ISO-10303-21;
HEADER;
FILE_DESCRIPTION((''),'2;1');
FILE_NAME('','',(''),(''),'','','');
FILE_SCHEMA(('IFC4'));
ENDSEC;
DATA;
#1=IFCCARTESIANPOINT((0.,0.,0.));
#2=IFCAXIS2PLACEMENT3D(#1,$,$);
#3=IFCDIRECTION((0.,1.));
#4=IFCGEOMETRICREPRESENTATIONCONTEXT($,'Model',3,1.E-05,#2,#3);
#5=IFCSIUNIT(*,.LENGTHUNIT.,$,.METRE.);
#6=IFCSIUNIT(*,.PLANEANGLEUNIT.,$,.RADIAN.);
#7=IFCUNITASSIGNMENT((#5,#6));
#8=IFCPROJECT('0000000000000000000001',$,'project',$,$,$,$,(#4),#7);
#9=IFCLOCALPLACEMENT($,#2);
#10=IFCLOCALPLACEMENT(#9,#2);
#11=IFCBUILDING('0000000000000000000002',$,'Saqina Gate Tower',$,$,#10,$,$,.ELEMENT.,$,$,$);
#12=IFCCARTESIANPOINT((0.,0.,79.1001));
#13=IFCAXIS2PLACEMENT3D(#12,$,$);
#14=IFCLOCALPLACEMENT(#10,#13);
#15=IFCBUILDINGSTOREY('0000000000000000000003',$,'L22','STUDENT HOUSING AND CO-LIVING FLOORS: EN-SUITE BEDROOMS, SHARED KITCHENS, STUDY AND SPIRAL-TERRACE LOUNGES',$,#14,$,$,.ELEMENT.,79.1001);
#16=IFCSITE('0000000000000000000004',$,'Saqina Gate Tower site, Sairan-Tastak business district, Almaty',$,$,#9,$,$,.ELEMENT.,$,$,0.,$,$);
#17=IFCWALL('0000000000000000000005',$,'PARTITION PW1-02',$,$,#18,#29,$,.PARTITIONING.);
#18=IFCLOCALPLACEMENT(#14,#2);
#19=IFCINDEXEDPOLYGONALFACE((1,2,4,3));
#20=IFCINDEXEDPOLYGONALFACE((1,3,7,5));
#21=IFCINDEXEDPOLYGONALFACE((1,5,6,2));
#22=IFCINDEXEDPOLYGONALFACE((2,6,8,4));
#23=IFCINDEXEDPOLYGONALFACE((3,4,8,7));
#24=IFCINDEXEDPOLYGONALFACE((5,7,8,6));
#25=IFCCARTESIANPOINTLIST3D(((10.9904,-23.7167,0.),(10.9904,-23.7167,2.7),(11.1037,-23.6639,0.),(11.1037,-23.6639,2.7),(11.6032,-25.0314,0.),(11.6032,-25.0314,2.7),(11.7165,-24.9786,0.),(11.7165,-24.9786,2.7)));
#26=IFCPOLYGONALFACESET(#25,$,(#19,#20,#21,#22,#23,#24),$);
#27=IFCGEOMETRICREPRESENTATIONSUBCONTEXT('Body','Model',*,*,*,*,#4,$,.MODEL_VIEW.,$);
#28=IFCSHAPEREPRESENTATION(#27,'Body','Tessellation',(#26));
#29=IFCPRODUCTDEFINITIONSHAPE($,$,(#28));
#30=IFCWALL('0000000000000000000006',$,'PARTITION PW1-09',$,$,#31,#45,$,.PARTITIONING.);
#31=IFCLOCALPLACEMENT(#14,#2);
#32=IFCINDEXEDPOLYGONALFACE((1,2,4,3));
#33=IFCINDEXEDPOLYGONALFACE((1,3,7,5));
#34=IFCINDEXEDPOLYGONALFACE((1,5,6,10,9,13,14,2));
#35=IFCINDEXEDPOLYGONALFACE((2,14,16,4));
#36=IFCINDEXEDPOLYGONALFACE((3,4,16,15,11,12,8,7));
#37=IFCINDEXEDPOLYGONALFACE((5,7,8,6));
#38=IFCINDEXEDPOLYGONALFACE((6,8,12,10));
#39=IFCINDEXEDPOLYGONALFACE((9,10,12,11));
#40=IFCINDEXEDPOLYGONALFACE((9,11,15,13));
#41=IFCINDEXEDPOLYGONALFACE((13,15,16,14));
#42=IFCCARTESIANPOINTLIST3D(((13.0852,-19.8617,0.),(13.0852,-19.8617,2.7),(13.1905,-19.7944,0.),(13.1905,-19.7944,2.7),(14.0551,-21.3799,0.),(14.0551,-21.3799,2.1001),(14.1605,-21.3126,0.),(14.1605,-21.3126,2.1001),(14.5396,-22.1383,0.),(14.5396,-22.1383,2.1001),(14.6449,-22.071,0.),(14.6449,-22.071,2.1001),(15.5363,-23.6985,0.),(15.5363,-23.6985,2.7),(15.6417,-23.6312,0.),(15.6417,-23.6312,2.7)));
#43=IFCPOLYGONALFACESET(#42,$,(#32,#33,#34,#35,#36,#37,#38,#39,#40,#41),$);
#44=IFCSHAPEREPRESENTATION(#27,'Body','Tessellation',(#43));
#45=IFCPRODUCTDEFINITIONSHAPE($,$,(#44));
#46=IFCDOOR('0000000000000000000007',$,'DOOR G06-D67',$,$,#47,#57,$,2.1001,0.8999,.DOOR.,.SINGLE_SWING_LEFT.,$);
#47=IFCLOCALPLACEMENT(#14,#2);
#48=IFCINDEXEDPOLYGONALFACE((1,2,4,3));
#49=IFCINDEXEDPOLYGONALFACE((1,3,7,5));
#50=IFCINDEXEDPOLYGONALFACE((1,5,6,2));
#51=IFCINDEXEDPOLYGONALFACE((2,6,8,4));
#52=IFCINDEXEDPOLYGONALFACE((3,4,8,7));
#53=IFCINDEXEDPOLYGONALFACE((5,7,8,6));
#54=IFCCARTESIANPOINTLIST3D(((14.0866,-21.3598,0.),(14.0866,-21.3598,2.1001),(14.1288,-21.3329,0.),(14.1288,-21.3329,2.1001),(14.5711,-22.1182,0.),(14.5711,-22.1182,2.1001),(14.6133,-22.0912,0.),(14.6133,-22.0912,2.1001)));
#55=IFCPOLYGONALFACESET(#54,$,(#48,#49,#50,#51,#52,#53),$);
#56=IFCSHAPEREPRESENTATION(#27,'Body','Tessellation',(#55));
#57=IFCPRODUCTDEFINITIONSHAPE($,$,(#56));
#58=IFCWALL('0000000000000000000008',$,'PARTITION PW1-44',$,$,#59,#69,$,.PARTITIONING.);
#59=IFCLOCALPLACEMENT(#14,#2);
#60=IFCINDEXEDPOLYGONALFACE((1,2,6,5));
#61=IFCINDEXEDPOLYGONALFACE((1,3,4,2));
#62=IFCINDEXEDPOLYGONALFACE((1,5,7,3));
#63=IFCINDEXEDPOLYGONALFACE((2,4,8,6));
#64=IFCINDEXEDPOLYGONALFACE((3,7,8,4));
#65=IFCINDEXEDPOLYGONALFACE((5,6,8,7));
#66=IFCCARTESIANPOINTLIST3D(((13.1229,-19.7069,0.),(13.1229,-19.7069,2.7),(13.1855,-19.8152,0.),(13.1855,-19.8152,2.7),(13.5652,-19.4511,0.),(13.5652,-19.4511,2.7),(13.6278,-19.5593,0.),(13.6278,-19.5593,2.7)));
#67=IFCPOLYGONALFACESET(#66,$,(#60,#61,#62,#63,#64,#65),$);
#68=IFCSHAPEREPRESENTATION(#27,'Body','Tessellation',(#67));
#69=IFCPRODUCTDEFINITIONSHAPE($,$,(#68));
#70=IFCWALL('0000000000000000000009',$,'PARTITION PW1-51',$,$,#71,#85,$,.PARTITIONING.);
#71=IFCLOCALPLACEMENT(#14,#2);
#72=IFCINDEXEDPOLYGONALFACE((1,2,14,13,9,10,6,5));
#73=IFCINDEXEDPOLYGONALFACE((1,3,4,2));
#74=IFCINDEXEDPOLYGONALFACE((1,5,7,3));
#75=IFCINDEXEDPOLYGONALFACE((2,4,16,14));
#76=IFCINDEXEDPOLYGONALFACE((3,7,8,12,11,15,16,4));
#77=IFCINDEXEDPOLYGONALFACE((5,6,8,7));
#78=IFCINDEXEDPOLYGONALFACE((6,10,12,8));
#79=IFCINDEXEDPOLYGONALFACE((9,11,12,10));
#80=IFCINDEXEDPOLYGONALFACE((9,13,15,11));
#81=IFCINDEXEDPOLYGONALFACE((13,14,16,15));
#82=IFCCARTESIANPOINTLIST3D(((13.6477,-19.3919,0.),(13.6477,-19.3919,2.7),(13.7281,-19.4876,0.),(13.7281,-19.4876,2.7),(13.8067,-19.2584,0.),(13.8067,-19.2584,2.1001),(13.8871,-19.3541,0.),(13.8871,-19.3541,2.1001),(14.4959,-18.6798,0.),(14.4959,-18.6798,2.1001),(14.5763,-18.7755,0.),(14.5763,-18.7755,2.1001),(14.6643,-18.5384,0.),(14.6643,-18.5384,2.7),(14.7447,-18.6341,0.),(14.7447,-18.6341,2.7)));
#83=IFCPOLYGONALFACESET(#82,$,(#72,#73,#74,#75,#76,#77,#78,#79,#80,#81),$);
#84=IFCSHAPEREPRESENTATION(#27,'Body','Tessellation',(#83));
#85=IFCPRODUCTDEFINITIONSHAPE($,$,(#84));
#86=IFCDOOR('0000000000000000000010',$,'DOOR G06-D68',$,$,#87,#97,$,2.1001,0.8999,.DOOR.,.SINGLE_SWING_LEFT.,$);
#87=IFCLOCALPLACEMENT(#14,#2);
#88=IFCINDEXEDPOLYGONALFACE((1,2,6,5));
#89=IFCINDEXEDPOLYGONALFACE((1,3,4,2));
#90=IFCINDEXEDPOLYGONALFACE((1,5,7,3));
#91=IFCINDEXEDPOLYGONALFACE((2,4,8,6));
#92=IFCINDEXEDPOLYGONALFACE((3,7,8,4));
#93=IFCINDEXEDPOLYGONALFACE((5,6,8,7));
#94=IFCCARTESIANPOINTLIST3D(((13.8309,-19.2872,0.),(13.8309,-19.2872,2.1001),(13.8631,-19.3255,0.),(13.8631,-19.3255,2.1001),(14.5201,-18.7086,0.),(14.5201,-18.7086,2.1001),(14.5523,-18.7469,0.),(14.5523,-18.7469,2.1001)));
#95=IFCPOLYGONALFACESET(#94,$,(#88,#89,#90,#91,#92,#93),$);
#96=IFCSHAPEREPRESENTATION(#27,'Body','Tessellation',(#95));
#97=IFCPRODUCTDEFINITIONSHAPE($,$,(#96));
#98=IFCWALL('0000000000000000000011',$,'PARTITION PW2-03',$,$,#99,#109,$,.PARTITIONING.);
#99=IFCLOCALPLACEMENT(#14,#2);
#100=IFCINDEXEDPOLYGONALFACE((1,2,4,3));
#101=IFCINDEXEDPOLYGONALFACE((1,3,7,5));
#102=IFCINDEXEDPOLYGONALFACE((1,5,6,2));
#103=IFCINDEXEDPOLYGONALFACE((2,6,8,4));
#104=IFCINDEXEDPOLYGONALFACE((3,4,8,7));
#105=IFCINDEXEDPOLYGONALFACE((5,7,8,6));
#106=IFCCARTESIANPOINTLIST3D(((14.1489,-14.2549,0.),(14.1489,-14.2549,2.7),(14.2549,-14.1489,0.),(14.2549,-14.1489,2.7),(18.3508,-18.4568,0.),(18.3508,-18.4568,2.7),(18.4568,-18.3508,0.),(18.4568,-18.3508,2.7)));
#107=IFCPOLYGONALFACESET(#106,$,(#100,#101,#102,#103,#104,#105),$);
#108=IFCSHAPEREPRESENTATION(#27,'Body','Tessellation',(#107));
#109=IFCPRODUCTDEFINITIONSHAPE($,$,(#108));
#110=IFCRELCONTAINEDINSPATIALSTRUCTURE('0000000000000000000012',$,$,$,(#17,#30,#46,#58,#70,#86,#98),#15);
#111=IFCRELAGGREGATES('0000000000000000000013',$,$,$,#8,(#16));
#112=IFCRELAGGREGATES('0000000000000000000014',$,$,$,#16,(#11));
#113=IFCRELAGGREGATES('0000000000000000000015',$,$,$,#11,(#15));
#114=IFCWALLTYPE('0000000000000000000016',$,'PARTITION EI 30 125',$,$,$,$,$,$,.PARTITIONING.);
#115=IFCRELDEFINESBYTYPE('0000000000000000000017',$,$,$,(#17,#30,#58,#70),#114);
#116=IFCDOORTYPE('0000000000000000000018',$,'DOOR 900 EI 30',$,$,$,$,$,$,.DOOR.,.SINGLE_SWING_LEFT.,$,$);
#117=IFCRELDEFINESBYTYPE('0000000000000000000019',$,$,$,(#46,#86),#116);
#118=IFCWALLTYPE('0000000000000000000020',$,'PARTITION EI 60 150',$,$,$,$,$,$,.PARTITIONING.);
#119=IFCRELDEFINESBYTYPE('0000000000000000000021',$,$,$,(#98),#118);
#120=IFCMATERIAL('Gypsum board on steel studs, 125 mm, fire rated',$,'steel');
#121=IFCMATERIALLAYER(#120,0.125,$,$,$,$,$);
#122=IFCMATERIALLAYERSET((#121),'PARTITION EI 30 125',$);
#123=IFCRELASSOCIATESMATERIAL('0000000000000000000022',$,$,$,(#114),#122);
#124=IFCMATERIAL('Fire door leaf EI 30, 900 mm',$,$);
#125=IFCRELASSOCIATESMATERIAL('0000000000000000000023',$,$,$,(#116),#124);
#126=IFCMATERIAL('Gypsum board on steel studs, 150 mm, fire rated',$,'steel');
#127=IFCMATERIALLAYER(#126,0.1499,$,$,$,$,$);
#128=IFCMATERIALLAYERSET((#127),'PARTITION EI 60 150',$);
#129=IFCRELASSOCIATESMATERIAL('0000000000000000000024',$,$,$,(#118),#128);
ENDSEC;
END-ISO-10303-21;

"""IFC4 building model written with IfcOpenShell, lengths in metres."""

from ifc_helpers import new_model, si_unit, direction, frame, frame_2d, origin, place, context, subcontext, project, spatial, rectangle, extrude, material, layer, layer_set, type_object, element, fill, save


model = new_model("IFC4")

# Units and contexts
model_context = context("Model", 3, precision=1e-05, world=origin(), true_north=direction((0.0, 1.0)))
body_context = subcontext(model_context, "Body", "Model", "MODEL_VIEW")
ifc_project = project(units=[si_unit("LENGTHUNIT", "METRE"), si_unit("PLANEANGLEUNIT", "RADIAN")], contexts=[model_context])

# Site, building, storey
site_placement = place(None, origin())
site = spatial("IfcSite", under=ifc_project, at=site_placement, Name="Saqina Gate Tower site, Sairan-Tastak business district, Almaty", CompositionType="ELEMENT", RefElevation=0.0)
building_placement = place(site_placement, origin())
building = spatial("IfcBuilding", under=site, at=building_placement, Name="Saqina Gate Tower", CompositionType="ELEMENT")
storey_placement = place(building_placement, frame((0.0, 0.0, 79.1001)))
storey = spatial("IfcBuildingStorey", under=building, at=storey_placement, Name="L22", Description="STUDENT HOUSING AND CO-LIVING FLOORS: EN-SUITE BEDROOMS, SHARED KITCHENS, STUDY AND SPIRAL-TERRACE LOUNGES", CompositionType="ELEMENT", Elevation=79.1001)

# Wall
ifc_material_1 = material(Name="Gypsum board on steel studs, 125 mm, fire rated", Category="steel")
ifc_layer_1 = layer(ifc_material_1, 0.125)
ifc_layer_set_1 = layer_set([ifc_layer_1], Name="PARTITION EI 30 125")
wall_type_1 = type_object("IfcWallType", Name="PARTITION EI 30 125", PredefinedType="PARTITIONING", material=ifc_layer_set_1)
wall_1_placement = place(storey_placement, frame((11.0471, -23.6904, 0.0), z_axis=(0.0, 0.0, 1.0), x_axis=(0.422471, -0.906377, 0.0)))
element("IfcWall", 1, at=wall_1_placement, inside=storey, type_object=wall_type_1, Name="PARTITION PW1-02", PredefinedType="PARTITIONING", context=body_context, shape_type="SweptSolid", body=[
    extrude(rectangle(XDim=1.4504, YDim=0.125, at=frame_2d((0.7251, 0.0))), origin(), (0.0, 0.0, 1.0), 2.7),
])

# Wall, opening, door
wall_2_placement = place(storey_placement, frame((13.1379, -19.8281, 0.0), z_axis=(0.0, 0.0, 1.0), x_axis=(0.53836, -0.842715, 0.0)))
wall_2 = element("IfcWall", 2, at=wall_2_placement, inside=storey, type_object=wall_type_1, Name="PARTITION PW1-09", PredefinedType="PARTITIONING", context=body_context, shape_type="SweptSolid", body=[
    extrude(rectangle(XDim=4.553, YDim=0.125, at=frame_2d((2.2764, 0.0))), origin(), (0.0, 0.0, 1.0), 2.7),
])
opening_1_placement = place(wall_2_placement, frame((1.8015, 0.0, 0.0)))
opening_1 = element("IfcOpeningElement", 3, at=opening_1_placement, cuts=wall_2, PredefinedType="OPENING", context=body_context, shape_type="SweptSolid", body=[
    extrude(rectangle(XDim=0.8999, YDim=2.1001, at=frame_2d((0.45, 1.05))), frame((0.0, 0.0745, 0.0), z_axis=(0.0, -1.0, 0.0), x_axis=(1.0, 0.0, 0.0)), (0.0, 0.0, 1.0), 0.1489),
])
ifc_material_2 = material(Name="Fire door leaf EI 30, 900 mm")
door_type_1 = type_object("IfcDoorType", Name="DOOR 900 EI 30", OperationType="SINGLE_SWING_LEFT", PredefinedType="DOOR", material=ifc_material_2)
door_1_placement = place(opening_1_placement, origin())
door_1 = element("IfcDoor", 4, at=door_1_placement, inside=storey, type_object=door_type_1, Name="DOOR G06-D67", OperationType="SINGLE_SWING_LEFT", OverallHeight=2.1001, OverallWidth=0.8999, PredefinedType="DOOR", context=body_context, shape_type="SweptSolid", body=[
    extrude(rectangle(XDim=0.8999, YDim=2.1001, at=frame_2d((0.45, 1.05))), frame((0.0, 0.0249, 0.0), z_axis=(0.0, -1.0, 0.0), x_axis=(1.0, 0.0, 0.0)), (0.0, 0.0, 1.0), 0.05),
])
fill(opening_1, door_1)

# Wall
wall_3_placement = place(storey_placement, frame((13.1543, -19.761, 0.0), z_axis=(0.0, 0.0, 1.0), x_axis=(0.865644, 0.50066, 0.0)))
element("IfcWall", 5, at=wall_3_placement, inside=storey, type_object=wall_type_1, Name="PARTITION PW1-44", PredefinedType="PARTITIONING", context=body_context, shape_type="SweptSolid", body=[
    extrude(rectangle(XDim=0.511, YDim=0.125, at=frame_2d((0.2554, 0.0))), origin(), (0.0, 0.0, 1.0), 2.7),
])

# Wall, opening, door
wall_4_placement = place(storey_placement, frame((13.688, -19.4397, 0.0), z_axis=(0.0, 0.0, 1.0), x_axis=(0.765864, 0.643002, 0.0)))
wall_4 = element("IfcWall", 6, at=wall_4_placement, inside=storey, type_object=wall_type_1, Name="PARTITION PW1-51", PredefinedType="PARTITIONING", context=body_context, shape_type="SweptSolid", body=[
    extrude(rectangle(XDim=1.3274, YDim=0.125, at=frame_2d((0.6636, 0.0))), origin(), (0.0, 0.0, 1.0), 2.7),
])
opening_2_placement = place(wall_4_placement, frame((0.2075, 0.0, 0.0)))
opening_2 = element("IfcOpeningElement", 7, at=opening_2_placement, cuts=wall_4, PredefinedType="OPENING", context=body_context, shape_type="SweptSolid", body=[
    extrude(rectangle(XDim=0.8999, YDim=2.1001, at=frame_2d((0.45, 1.05))), frame((0.0, 0.0745, 0.0), z_axis=(0.0, -1.0, 0.0), x_axis=(1.0, 0.0, 0.0)), (0.0, 0.0, 1.0), 0.1489),
])
door_2_placement = place(opening_2_placement, origin())
door_2 = element("IfcDoor", 8, at=door_2_placement, inside=storey, type_object=door_type_1, Name="DOOR G06-D68", OperationType="SINGLE_SWING_LEFT", OverallHeight=2.1001, OverallWidth=0.8999, PredefinedType="DOOR", context=body_context, shape_type="SweptSolid", body=[
    extrude(rectangle(XDim=0.8999, YDim=2.1001, at=frame_2d((0.45, 1.05))), frame((0.0, 0.0249, 0.0), z_axis=(0.0, -1.0, 0.0), x_axis=(1.0, 0.0, 0.0)), (0.0, 0.0, 1.0), 0.05),
])
fill(opening_2, door_2)

# Wall
ifc_material_3 = material(Name="Gypsum board on steel studs, 150 mm, fire rated", Category="steel")
ifc_layer_2 = layer(ifc_material_3, 0.1499)
ifc_layer_set_2 = layer_set([ifc_layer_2], Name="PARTITION EI 60 150")
wall_type_2 = type_object("IfcWallType", Name="PARTITION EI 60 150", PredefinedType="PARTITIONING", material=ifc_layer_set_2)
wall_5_placement = place(storey_placement, frame((14.2019, -14.2019, 0.0), z_axis=(0.0, 0.0, 1.0), x_axis=(0.707107, -0.707107, 0.0)))
element("IfcWall", 9, at=wall_5_placement, inside=storey, type_object=wall_type_2, Name="PARTITION PW2-03", PredefinedType="PARTITIONING", context=body_context, shape_type="SweptSolid", body=[
    extrude(rectangle(XDim=5.9424, YDim=0.1499, at=frame_2d((2.9712, 0.0))), origin(), (0.0, 0.0, 1.0), 2.7),
])

save(model, "model.ifc")
